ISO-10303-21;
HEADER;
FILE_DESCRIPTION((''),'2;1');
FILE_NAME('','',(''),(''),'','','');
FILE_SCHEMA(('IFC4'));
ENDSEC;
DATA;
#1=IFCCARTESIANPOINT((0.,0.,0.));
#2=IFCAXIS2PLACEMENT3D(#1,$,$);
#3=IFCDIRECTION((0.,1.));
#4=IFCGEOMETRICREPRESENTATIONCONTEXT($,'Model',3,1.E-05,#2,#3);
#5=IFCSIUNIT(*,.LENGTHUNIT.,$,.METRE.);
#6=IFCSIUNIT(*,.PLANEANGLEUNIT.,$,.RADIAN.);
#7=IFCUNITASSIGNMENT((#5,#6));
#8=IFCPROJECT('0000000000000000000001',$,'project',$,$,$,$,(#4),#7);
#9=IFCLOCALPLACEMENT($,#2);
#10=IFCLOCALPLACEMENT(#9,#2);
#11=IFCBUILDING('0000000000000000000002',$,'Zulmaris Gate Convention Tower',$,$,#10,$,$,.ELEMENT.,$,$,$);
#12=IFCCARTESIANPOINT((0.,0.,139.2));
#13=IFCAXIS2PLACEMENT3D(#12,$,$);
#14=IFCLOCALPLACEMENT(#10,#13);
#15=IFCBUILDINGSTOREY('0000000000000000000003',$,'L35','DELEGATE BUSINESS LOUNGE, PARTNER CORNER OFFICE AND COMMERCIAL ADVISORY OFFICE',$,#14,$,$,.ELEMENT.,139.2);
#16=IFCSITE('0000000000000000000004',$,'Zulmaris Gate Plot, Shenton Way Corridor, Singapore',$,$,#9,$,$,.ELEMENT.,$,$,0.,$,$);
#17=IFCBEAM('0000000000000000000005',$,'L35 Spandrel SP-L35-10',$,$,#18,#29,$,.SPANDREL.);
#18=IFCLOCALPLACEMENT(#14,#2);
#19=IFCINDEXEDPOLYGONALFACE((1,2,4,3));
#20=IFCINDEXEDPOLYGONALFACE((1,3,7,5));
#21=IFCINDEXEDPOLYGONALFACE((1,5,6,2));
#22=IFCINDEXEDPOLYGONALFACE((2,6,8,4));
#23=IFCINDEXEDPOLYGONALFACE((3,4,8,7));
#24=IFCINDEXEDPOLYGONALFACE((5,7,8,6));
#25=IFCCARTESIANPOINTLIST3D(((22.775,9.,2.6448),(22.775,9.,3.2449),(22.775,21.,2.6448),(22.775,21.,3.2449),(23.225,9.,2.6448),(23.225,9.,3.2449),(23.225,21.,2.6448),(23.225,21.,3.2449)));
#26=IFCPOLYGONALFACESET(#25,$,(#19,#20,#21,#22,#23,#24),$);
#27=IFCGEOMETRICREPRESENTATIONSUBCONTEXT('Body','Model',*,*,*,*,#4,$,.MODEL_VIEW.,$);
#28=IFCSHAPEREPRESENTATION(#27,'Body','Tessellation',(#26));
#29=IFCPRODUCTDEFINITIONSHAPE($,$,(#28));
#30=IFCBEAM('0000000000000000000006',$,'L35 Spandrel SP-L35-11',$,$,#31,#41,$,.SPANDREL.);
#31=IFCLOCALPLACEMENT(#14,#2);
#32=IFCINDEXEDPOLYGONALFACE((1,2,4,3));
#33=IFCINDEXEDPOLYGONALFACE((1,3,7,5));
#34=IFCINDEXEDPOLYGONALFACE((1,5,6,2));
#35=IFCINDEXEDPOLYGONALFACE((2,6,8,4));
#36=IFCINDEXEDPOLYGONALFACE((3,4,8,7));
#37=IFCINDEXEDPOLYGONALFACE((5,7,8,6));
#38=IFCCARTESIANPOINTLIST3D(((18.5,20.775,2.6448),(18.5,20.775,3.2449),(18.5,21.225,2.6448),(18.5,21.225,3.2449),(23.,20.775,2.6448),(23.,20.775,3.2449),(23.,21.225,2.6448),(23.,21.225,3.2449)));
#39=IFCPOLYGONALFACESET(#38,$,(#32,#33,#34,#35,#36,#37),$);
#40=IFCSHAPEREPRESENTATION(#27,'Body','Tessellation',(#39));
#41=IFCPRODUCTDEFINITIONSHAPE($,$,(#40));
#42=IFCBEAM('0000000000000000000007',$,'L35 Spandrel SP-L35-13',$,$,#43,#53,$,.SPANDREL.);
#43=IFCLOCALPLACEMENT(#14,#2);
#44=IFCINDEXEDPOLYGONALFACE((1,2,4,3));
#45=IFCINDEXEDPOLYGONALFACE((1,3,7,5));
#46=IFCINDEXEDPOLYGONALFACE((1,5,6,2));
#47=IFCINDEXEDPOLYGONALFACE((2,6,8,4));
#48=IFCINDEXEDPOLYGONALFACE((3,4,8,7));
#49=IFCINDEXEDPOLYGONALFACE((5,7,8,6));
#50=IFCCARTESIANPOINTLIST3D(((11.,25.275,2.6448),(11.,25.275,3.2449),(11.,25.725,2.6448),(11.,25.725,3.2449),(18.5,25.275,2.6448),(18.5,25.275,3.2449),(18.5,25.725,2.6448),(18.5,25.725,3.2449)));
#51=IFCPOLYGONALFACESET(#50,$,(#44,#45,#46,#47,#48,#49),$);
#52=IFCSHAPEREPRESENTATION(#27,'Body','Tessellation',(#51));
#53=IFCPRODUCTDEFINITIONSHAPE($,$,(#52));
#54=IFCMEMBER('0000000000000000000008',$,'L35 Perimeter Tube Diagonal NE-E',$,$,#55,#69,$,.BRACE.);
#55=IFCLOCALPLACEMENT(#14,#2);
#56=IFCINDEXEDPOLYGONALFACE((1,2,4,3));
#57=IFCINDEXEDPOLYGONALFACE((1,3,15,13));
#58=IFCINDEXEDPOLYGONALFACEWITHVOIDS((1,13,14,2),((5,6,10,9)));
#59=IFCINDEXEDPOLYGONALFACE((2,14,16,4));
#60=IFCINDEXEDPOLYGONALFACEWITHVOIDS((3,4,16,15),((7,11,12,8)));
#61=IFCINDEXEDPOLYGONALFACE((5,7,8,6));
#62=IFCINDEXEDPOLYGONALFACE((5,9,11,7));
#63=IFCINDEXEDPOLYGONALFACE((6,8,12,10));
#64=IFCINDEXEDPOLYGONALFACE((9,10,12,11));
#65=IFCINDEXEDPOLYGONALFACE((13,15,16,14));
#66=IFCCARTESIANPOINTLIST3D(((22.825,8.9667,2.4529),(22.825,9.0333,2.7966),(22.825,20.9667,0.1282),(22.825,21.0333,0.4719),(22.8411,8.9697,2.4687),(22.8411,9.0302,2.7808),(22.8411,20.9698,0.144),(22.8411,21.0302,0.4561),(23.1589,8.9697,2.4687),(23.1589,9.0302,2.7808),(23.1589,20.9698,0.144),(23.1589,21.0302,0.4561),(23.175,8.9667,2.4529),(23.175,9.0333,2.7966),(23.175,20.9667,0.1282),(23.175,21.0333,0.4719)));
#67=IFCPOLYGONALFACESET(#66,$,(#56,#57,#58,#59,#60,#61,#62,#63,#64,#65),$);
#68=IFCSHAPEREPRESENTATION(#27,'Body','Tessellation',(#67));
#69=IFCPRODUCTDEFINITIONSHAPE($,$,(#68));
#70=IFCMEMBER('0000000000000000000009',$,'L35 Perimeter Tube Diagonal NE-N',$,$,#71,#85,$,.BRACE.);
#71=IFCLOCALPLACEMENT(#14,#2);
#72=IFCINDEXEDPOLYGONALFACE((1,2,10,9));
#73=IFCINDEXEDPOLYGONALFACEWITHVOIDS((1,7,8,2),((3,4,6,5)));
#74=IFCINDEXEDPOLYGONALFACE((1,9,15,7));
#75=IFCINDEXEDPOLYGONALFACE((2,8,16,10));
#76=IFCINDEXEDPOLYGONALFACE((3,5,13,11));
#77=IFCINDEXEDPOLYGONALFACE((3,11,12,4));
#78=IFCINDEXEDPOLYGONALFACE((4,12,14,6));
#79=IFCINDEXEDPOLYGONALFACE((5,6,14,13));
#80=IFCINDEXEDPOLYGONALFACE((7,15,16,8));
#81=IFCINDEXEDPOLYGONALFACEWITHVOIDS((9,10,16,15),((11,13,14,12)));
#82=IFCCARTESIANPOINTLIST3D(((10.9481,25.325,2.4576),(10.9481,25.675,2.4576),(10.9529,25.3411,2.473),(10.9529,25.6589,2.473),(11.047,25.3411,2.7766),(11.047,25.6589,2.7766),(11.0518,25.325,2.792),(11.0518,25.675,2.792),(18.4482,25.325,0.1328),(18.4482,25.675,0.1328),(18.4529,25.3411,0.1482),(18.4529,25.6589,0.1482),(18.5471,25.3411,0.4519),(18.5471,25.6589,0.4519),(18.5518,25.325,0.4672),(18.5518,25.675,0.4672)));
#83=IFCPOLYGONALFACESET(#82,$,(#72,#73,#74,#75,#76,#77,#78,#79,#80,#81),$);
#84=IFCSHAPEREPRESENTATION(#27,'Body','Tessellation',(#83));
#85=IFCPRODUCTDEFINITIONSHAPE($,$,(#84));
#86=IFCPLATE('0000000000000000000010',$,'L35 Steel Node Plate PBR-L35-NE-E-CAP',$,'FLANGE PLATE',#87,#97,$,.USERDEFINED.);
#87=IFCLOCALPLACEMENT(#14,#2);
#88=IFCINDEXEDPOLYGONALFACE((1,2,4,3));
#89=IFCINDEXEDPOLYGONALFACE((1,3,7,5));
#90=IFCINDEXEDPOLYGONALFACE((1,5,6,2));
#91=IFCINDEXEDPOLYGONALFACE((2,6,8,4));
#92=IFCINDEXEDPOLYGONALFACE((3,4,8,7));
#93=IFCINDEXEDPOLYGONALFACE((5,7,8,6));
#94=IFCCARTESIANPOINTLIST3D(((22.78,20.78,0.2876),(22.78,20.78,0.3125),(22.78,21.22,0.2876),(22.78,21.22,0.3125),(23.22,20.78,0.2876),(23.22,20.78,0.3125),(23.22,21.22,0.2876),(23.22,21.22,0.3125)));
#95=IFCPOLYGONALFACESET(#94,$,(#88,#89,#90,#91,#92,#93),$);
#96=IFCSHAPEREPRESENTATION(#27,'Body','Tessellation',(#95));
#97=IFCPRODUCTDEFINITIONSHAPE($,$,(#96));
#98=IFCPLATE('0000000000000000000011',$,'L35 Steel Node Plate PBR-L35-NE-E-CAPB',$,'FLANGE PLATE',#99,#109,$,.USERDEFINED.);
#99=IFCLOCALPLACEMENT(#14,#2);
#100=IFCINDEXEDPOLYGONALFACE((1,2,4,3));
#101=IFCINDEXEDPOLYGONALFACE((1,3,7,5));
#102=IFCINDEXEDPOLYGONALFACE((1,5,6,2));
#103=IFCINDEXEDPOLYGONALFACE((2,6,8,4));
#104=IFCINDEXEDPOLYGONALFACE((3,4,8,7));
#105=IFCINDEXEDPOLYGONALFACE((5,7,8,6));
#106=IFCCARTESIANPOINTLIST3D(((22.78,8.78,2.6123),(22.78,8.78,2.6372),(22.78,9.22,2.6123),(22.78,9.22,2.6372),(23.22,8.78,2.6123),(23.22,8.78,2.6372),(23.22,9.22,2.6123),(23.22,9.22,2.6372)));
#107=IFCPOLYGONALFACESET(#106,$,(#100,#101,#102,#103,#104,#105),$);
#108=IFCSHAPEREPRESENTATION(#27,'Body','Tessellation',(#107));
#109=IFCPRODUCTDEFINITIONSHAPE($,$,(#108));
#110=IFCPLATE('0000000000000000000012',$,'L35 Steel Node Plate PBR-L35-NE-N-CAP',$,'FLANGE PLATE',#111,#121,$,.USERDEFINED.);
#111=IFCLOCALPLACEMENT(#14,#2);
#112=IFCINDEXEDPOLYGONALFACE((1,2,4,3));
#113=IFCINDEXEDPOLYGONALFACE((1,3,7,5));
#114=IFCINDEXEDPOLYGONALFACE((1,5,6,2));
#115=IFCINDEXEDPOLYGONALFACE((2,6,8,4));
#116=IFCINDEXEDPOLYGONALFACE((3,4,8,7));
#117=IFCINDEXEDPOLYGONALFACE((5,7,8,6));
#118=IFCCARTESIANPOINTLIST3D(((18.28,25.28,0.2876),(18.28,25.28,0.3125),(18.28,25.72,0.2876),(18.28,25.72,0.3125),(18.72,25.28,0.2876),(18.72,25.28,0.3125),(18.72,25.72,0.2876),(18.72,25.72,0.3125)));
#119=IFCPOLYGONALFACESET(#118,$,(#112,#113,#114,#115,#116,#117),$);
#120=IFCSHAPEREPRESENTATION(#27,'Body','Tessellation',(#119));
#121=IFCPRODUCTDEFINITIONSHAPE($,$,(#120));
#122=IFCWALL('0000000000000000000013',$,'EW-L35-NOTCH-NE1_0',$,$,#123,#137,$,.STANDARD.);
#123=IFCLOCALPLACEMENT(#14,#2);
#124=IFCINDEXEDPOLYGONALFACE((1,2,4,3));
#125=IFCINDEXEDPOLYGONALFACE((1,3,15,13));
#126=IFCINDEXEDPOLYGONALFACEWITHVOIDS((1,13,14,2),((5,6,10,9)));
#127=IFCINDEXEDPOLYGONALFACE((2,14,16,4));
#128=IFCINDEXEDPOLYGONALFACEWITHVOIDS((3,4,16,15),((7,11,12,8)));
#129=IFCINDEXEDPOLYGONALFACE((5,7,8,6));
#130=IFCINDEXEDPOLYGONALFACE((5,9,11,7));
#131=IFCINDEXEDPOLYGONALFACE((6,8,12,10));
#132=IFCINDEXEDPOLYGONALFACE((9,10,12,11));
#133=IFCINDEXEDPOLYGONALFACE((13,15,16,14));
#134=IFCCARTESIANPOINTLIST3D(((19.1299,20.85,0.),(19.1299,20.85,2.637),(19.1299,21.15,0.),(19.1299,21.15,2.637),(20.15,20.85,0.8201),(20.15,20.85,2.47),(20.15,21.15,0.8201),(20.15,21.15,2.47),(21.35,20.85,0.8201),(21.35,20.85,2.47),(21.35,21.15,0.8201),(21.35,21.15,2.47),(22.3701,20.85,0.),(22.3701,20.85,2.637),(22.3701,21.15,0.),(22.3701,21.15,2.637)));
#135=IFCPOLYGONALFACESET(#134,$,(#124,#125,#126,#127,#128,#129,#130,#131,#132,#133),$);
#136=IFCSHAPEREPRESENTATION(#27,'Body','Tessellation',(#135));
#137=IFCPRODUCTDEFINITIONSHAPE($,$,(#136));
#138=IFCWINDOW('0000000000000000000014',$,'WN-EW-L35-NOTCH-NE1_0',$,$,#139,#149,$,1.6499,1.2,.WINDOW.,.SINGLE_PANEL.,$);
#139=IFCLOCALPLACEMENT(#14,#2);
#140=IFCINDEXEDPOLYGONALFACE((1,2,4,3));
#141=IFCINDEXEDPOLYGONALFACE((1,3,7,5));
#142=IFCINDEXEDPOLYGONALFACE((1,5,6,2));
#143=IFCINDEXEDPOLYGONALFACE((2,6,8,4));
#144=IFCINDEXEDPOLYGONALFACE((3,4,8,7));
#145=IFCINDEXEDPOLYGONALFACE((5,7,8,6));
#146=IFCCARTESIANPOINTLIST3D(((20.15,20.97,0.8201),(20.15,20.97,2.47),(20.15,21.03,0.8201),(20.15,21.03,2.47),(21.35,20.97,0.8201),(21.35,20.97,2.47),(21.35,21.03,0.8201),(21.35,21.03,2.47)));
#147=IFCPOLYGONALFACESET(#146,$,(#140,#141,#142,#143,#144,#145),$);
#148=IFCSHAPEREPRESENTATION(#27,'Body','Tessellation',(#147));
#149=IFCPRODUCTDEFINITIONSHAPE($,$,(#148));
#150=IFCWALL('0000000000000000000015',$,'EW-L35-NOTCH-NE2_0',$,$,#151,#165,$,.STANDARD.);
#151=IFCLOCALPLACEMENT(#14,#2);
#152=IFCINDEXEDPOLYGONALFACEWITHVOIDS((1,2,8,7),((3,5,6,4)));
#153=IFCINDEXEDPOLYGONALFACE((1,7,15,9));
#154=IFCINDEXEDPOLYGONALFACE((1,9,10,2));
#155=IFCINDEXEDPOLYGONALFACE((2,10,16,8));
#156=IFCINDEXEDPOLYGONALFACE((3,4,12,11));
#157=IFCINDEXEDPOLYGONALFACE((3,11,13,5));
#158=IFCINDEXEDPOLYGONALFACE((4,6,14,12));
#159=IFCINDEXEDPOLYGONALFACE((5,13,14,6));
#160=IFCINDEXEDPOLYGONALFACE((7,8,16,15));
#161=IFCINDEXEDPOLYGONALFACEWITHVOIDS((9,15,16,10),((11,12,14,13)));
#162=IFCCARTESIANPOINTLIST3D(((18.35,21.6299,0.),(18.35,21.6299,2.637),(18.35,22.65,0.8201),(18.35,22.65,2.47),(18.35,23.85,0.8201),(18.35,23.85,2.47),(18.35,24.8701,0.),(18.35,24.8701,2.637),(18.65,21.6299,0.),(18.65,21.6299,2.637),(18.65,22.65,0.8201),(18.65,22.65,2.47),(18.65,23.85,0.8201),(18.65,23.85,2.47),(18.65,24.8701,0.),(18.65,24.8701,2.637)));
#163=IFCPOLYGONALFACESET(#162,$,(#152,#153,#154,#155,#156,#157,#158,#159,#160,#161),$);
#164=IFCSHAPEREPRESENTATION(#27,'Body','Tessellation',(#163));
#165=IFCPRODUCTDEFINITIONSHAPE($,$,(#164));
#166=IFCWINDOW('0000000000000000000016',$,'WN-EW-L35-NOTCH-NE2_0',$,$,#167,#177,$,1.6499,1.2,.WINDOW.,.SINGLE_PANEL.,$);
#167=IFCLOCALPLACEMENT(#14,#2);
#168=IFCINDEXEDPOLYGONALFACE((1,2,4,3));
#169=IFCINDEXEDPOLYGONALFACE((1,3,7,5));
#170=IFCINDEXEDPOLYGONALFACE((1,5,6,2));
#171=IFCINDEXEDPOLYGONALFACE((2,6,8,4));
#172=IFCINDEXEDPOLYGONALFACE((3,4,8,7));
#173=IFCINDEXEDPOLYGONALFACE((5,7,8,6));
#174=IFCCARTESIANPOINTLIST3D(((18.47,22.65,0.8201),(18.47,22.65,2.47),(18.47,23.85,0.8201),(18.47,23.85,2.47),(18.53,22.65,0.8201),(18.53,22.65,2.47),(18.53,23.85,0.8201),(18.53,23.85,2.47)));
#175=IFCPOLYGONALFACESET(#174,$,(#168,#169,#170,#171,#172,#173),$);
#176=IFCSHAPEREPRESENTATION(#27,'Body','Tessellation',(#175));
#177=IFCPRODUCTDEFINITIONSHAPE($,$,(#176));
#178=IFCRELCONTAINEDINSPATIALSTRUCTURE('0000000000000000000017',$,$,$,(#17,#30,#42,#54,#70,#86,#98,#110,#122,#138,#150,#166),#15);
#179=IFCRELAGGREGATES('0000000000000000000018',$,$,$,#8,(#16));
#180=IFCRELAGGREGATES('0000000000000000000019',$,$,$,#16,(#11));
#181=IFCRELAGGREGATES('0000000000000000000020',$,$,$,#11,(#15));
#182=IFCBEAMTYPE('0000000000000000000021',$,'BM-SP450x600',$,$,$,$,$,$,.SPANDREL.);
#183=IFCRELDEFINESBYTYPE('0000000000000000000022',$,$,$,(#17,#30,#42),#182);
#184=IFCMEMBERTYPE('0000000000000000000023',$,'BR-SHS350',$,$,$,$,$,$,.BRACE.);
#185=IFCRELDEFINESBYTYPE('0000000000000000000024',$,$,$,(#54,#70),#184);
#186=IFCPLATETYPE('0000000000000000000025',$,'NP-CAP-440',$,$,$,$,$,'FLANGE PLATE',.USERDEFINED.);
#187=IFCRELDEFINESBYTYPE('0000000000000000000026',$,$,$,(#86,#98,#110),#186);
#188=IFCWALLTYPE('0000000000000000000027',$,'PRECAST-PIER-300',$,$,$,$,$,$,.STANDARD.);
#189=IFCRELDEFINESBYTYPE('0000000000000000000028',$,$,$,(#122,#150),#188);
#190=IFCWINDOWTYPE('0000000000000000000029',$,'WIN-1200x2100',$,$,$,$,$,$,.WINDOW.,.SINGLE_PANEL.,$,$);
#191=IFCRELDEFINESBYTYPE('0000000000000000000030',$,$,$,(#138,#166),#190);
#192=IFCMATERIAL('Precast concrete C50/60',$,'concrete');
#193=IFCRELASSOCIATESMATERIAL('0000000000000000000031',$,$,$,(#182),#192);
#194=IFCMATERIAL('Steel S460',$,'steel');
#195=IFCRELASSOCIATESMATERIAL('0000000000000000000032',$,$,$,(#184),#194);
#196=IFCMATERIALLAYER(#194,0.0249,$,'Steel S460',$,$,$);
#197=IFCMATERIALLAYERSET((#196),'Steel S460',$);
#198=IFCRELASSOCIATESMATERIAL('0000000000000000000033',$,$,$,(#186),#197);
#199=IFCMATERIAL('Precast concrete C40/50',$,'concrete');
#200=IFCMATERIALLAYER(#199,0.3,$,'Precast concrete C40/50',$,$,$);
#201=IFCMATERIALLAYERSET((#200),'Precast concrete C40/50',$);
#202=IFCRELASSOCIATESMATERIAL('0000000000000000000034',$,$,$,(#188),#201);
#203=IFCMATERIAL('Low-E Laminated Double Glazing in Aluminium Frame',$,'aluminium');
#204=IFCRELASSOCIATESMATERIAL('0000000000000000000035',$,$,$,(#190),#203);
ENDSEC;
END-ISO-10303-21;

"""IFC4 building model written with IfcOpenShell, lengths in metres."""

from ifc_helpers import new_model, si_unit, direction, frame, frame_2d, origin, origin_2d, place, context, subcontext, project, spatial, rectangle, hollow_rectangle, extrude, material, layer, layer_set, material_profile, profile_set, type_object, element, fill, save


model = new_model("IFC4")

# Units and contexts
model_context = context("Model", 3, precision=1e-05, world=origin(), true_north=direction((0.0, 1.0)))
body_context = subcontext(model_context, "Body", "Model", "MODEL_VIEW")
ifc_project = project(units=[si_unit("LENGTHUNIT", "METRE"), si_unit("PLANEANGLEUNIT", "RADIAN")], contexts=[model_context])

# Site, building, storey
site_placement = place(None, origin())
site = spatial("IfcSite", under=ifc_project, at=site_placement, Name="Zulmaris Gate Plot, Shenton Way Corridor, Singapore", CompositionType="ELEMENT", RefElevation=0.0)
building_placement = place(site_placement, origin())
building = spatial("IfcBuilding", under=site, at=building_placement, Name="Zulmaris Gate Convention Tower", CompositionType="ELEMENT")
storey_placement = place(building_placement, frame((0.0, 0.0, 139.2)))
storey = spatial("IfcBuildingStorey", under=building, at=storey_placement, Name="L35", Description="DELEGATE BUSINESS LOUNGE, PARTNER CORNER OFFICE AND COMMERCIAL ADVISORY OFFICE", CompositionType="ELEMENT", Elevation=139.2)

# Beams
ifc_material_1 = material(Name="Precast concrete C50/60", Category="concrete")
ifc_material_profile_1 = material_profile(ifc_material_1, rectangle(XDim=0.45, YDim=0.6001, at=origin_2d()), Name="RC SPANDREL 450x600")
ifc_profile_set_1 = profile_set([ifc_material_profile_1], Name="Precast concrete C50/60")
beam_type_1 = type_object("IfcBeamType", Name="BM-SP450x600", PredefinedType="SPANDREL", material=ifc_profile_set_1)
beam_1_placement = place(storey_placement, frame((23.0, 9.0, 2.9448), z_axis=(0.0, 1.0, 0.0), x_axis=(-1.0, 0.0, 0.0)))
element("IfcBeam", 1, at=beam_1_placement, inside=storey, type_object=beam_type_1, Name="L35 Spandrel SP-L35-10", PredefinedType="SPANDREL", context=body_context, shape_type="SweptSolid", body=[
    extrude(rectangle(XDim=0.45, YDim=0.6001, at=origin_2d()), origin(), (0.0, 0.0, 1.0), 12.0),
])
beam_2_placement = place(storey_placement, frame((23.0, 21.0, 2.9448), z_axis=(-1.0, 0.0, 0.0), x_axis=(0.0, -1.0, 0.0)))
element("IfcBeam", 2, at=beam_2_placement, inside=storey, type_object=beam_type_1, Name="L35 Spandrel SP-L35-11", PredefinedType="SPANDREL", context=body_context, shape_type="SweptSolid", body=[
    extrude(rectangle(XDim=0.45, YDim=0.6001, at=origin_2d()), origin(), (0.0, 0.0, 1.0), 4.5),
])
beam_3_placement = place(storey_placement, frame((18.5, 25.5, 2.9448), z_axis=(-1.0, 0.0, 0.0), x_axis=(0.0, -1.0, 0.0)))
element("IfcBeam", 3, at=beam_3_placement, inside=storey, type_object=beam_type_1, Name="L35 Spandrel SP-L35-13", PredefinedType="SPANDREL", context=body_context, shape_type="SweptSolid", body=[
    extrude(rectangle(XDim=0.45, YDim=0.6001, at=origin_2d()), origin(), (0.0, 0.0, 1.0), 7.5),
])

# Members
ifc_material_2 = material(Name="Steel S460", Category="steel")
ifc_material_profile_2 = material_profile(ifc_material_2, hollow_rectangle(XDim=0.3501, YDim=0.3501, WallThickness=0.0161, at=origin_2d()), Name="SHS 350x350x16")
ifc_profile_set_2 = profile_set([ifc_material_profile_2], Name="Steel S460")
member_type = type_object("IfcMemberType", Name="BR-SHS350", PredefinedType="BRACE", material=ifc_profile_set_2)
member_1_placement = place(storey_placement, frame((23.0, 21.0, 0.3), z_axis=(0.0, -0.981747, 0.19019), x_axis=(1.0, 0.0, 0.0)))
element("IfcMember", 4, at=member_1_placement, inside=storey, type_object=member_type, Name="L35 Perimeter Tube Diagonal NE-E", PredefinedType="BRACE", context=body_context, shape_type="SweptSolid", body=[
    extrude(hollow_rectangle(XDim=0.3501, YDim=0.3501, WallThickness=0.0161, at=origin_2d()), origin(), (0.0, 0.0, 1.0), 12.2231),
])
member_2_placement = place(storey_placement, frame((18.5, 25.5, 0.3), z_axis=(-0.955168, 0.0, 0.296065), x_axis=(0.0, -1.0, 0.0)))
element("IfcMember", 5, at=member_2_placement, inside=storey, type_object=member_type, Name="L35 Perimeter Tube Diagonal NE-N", PredefinedType="BRACE", context=body_context, shape_type="SweptSolid", body=[
    extrude(hollow_rectangle(XDim=0.3501, YDim=0.3501, WallThickness=0.0161, at=origin_2d()), origin(), (0.0, 0.0, 1.0), 7.8521),
])

# Plates
ifc_layer_1 = layer(ifc_material_2, 0.0249, Name="Steel S460")
ifc_layer_set_1 = layer_set([ifc_layer_1], Name="Steel S460")
plate_type = type_object("IfcPlateType", Name="NP-CAP-440", ElementType="FLANGE PLATE", PredefinedType="USERDEFINED", material=ifc_layer_set_1)
for number, where, z_axis, x_axis, name in (
    (6, (23.0, 21.0, 0.2876), (0.0, 0.0, 1.0), (1.0, 0.0, 0.0), "L35 Steel Node Plate PBR-L35-NE-E-CAP"),
    (7, (23.0, 9.0, 2.6123), (0.0, 0.0, 1.0), (1.0, 0.0, 0.0), "L35 Steel Node Plate PBR-L35-NE-E-CAPB"),
    (8, (18.5, 25.5, 0.2876), (0.0, 0.0, 1.0), (1.0, 0.0, 0.0), "L35 Steel Node Plate PBR-L35-NE-N-CAP"),
):
    element("IfcPlate", number, at=place(storey_placement, frame(where, z_axis=z_axis, x_axis=x_axis)), inside=storey, type_object=plate_type, Name=name, ObjectType="FLANGE PLATE", PredefinedType="USERDEFINED", context=body_context, shape_type="SweptSolid", body=[
        extrude(rectangle(XDim=0.4399, YDim=0.4399, at=origin_2d()), origin(), (0.0, 0.0, 1.0), 0.0249),
    ])

# Walls, openings, windows
ifc_material_3 = material(Name="Precast concrete C40/50", Category="concrete")
ifc_layer_2 = layer(ifc_material_3, 0.3, Name="Precast concrete C40/50")
ifc_layer_set_2 = layer_set([ifc_layer_2], Name="Precast concrete C40/50")
wall_type_1 = type_object("IfcWallType", Name="PRECAST-PIER-300", PredefinedType="STANDARD", material=ifc_layer_set_2)
wall_1_placement = place(storey_placement, frame((22.3701, 21.0, 0.0), z_axis=(0.0, 0.0, 1.0), x_axis=(-1.0, 0.0, 0.0)))
wall_1 = element("IfcWall", 9, at=wall_1_placement, inside=storey, type_object=wall_type_1, Name="EW-L35-NOTCH-NE1_0", PredefinedType="STANDARD", context=body_context, shape_type="SweptSolid", body=[
    extrude(rectangle(XDim=3.2402, YDim=0.3, at=frame_2d((1.6201, 0.0))), origin(), (0.0, 0.0, 1.0), 2.637),
])
opening_1_placement = place(wall_1_placement, frame((1.02, 0.0, 0.8201)))
opening_1 = element("IfcOpeningElement", 10, at=opening_1_placement, cuts=wall_1, PredefinedType="OPENING", context=body_context, shape_type="SweptSolid", body=[
    extrude(rectangle(XDim=1.2, YDim=1.6499, at=frame_2d((0.6001, 0.825))), frame((0.0, 0.1602, 0.0), z_axis=(0.0, -1.0, 0.0), x_axis=(1.0, 0.0, 0.0)), (0.0, 0.0, 1.0), 0.3201),
])
ifc_material_4 = material(Name="Low-E Laminated Double Glazing in Aluminium Frame", Category="aluminium")
window_type = type_object("IfcWindowType", Name="WIN-1200x2100", PartitioningType="SINGLE_PANEL", PredefinedType="WINDOW", material=ifc_material_4)
window_1_placement = place(opening_1_placement, origin())
window_1 = element("IfcWindow", 11, at=window_1_placement, inside=storey, type_object=window_type, Name="WN-EW-L35-NOTCH-NE1_0", OverallHeight=1.6499, OverallWidth=1.2, PartitioningType="SINGLE_PANEL", PredefinedType="WINDOW", context=body_context, shape_type="SweptSolid", body=[
    extrude(rectangle(XDim=1.2, YDim=1.6499, at=frame_2d((0.6001, 0.825))), frame((0.0, 0.03, 0.0), z_axis=(0.0, -1.0, 0.0), x_axis=(1.0, 0.0, 0.0)), (0.0, 0.0, 1.0), 0.0601),
])
fill(opening_1, window_1)
wall_2_placement = place(storey_placement, frame((18.5, 21.6299, 0.0), z_axis=(0.0, 0.0, 1.0), x_axis=(0.0, 1.0, 0.0)))
wall_2 = element("IfcWall", 12, at=wall_2_placement, inside=storey, type_object=wall_type_1, Name="EW-L35-NOTCH-NE2_0", PredefinedType="STANDARD", context=body_context, shape_type="SweptSolid", body=[
    extrude(rectangle(XDim=3.2402, YDim=0.3, at=frame_2d((1.6201, 0.0))), origin(), (0.0, 0.0, 1.0), 2.637),
])
opening_2_placement = place(wall_2_placement, frame((1.02, 0.0, 0.8201)))
opening_2 = element("IfcOpeningElement", 13, at=opening_2_placement, cuts=wall_2, PredefinedType="OPENING", context=body_context, shape_type="SweptSolid", body=[
    extrude(rectangle(XDim=1.2, YDim=1.6499, at=frame_2d((0.6001, 0.825))), frame((0.0, 0.1602, 0.0), z_axis=(0.0, -1.0, 0.0), x_axis=(1.0, 0.0, 0.0)), (0.0, 0.0, 1.0), 0.3201),
])
window_2_placement = place(opening_2_placement, origin())
window_2 = element("IfcWindow", 14, at=window_2_placement, inside=storey, type_object=window_type, Name="WN-EW-L35-NOTCH-NE2_0", OverallHeight=1.6499, OverallWidth=1.2, PartitioningType="SINGLE_PANEL", PredefinedType="WINDOW", context=body_context, shape_type="SweptSolid", body=[
    extrude(rectangle(XDim=1.2, YDim=1.6499, at=frame_2d((0.6001, 0.825))), frame((0.0, 0.03, 0.0), z_axis=(0.0, -1.0, 0.0), x_axis=(1.0, 0.0, 0.0)), (0.0, 0.0, 1.0), 0.0601),
])
fill(opening_2, window_2)

save(model, "model.ifc")
